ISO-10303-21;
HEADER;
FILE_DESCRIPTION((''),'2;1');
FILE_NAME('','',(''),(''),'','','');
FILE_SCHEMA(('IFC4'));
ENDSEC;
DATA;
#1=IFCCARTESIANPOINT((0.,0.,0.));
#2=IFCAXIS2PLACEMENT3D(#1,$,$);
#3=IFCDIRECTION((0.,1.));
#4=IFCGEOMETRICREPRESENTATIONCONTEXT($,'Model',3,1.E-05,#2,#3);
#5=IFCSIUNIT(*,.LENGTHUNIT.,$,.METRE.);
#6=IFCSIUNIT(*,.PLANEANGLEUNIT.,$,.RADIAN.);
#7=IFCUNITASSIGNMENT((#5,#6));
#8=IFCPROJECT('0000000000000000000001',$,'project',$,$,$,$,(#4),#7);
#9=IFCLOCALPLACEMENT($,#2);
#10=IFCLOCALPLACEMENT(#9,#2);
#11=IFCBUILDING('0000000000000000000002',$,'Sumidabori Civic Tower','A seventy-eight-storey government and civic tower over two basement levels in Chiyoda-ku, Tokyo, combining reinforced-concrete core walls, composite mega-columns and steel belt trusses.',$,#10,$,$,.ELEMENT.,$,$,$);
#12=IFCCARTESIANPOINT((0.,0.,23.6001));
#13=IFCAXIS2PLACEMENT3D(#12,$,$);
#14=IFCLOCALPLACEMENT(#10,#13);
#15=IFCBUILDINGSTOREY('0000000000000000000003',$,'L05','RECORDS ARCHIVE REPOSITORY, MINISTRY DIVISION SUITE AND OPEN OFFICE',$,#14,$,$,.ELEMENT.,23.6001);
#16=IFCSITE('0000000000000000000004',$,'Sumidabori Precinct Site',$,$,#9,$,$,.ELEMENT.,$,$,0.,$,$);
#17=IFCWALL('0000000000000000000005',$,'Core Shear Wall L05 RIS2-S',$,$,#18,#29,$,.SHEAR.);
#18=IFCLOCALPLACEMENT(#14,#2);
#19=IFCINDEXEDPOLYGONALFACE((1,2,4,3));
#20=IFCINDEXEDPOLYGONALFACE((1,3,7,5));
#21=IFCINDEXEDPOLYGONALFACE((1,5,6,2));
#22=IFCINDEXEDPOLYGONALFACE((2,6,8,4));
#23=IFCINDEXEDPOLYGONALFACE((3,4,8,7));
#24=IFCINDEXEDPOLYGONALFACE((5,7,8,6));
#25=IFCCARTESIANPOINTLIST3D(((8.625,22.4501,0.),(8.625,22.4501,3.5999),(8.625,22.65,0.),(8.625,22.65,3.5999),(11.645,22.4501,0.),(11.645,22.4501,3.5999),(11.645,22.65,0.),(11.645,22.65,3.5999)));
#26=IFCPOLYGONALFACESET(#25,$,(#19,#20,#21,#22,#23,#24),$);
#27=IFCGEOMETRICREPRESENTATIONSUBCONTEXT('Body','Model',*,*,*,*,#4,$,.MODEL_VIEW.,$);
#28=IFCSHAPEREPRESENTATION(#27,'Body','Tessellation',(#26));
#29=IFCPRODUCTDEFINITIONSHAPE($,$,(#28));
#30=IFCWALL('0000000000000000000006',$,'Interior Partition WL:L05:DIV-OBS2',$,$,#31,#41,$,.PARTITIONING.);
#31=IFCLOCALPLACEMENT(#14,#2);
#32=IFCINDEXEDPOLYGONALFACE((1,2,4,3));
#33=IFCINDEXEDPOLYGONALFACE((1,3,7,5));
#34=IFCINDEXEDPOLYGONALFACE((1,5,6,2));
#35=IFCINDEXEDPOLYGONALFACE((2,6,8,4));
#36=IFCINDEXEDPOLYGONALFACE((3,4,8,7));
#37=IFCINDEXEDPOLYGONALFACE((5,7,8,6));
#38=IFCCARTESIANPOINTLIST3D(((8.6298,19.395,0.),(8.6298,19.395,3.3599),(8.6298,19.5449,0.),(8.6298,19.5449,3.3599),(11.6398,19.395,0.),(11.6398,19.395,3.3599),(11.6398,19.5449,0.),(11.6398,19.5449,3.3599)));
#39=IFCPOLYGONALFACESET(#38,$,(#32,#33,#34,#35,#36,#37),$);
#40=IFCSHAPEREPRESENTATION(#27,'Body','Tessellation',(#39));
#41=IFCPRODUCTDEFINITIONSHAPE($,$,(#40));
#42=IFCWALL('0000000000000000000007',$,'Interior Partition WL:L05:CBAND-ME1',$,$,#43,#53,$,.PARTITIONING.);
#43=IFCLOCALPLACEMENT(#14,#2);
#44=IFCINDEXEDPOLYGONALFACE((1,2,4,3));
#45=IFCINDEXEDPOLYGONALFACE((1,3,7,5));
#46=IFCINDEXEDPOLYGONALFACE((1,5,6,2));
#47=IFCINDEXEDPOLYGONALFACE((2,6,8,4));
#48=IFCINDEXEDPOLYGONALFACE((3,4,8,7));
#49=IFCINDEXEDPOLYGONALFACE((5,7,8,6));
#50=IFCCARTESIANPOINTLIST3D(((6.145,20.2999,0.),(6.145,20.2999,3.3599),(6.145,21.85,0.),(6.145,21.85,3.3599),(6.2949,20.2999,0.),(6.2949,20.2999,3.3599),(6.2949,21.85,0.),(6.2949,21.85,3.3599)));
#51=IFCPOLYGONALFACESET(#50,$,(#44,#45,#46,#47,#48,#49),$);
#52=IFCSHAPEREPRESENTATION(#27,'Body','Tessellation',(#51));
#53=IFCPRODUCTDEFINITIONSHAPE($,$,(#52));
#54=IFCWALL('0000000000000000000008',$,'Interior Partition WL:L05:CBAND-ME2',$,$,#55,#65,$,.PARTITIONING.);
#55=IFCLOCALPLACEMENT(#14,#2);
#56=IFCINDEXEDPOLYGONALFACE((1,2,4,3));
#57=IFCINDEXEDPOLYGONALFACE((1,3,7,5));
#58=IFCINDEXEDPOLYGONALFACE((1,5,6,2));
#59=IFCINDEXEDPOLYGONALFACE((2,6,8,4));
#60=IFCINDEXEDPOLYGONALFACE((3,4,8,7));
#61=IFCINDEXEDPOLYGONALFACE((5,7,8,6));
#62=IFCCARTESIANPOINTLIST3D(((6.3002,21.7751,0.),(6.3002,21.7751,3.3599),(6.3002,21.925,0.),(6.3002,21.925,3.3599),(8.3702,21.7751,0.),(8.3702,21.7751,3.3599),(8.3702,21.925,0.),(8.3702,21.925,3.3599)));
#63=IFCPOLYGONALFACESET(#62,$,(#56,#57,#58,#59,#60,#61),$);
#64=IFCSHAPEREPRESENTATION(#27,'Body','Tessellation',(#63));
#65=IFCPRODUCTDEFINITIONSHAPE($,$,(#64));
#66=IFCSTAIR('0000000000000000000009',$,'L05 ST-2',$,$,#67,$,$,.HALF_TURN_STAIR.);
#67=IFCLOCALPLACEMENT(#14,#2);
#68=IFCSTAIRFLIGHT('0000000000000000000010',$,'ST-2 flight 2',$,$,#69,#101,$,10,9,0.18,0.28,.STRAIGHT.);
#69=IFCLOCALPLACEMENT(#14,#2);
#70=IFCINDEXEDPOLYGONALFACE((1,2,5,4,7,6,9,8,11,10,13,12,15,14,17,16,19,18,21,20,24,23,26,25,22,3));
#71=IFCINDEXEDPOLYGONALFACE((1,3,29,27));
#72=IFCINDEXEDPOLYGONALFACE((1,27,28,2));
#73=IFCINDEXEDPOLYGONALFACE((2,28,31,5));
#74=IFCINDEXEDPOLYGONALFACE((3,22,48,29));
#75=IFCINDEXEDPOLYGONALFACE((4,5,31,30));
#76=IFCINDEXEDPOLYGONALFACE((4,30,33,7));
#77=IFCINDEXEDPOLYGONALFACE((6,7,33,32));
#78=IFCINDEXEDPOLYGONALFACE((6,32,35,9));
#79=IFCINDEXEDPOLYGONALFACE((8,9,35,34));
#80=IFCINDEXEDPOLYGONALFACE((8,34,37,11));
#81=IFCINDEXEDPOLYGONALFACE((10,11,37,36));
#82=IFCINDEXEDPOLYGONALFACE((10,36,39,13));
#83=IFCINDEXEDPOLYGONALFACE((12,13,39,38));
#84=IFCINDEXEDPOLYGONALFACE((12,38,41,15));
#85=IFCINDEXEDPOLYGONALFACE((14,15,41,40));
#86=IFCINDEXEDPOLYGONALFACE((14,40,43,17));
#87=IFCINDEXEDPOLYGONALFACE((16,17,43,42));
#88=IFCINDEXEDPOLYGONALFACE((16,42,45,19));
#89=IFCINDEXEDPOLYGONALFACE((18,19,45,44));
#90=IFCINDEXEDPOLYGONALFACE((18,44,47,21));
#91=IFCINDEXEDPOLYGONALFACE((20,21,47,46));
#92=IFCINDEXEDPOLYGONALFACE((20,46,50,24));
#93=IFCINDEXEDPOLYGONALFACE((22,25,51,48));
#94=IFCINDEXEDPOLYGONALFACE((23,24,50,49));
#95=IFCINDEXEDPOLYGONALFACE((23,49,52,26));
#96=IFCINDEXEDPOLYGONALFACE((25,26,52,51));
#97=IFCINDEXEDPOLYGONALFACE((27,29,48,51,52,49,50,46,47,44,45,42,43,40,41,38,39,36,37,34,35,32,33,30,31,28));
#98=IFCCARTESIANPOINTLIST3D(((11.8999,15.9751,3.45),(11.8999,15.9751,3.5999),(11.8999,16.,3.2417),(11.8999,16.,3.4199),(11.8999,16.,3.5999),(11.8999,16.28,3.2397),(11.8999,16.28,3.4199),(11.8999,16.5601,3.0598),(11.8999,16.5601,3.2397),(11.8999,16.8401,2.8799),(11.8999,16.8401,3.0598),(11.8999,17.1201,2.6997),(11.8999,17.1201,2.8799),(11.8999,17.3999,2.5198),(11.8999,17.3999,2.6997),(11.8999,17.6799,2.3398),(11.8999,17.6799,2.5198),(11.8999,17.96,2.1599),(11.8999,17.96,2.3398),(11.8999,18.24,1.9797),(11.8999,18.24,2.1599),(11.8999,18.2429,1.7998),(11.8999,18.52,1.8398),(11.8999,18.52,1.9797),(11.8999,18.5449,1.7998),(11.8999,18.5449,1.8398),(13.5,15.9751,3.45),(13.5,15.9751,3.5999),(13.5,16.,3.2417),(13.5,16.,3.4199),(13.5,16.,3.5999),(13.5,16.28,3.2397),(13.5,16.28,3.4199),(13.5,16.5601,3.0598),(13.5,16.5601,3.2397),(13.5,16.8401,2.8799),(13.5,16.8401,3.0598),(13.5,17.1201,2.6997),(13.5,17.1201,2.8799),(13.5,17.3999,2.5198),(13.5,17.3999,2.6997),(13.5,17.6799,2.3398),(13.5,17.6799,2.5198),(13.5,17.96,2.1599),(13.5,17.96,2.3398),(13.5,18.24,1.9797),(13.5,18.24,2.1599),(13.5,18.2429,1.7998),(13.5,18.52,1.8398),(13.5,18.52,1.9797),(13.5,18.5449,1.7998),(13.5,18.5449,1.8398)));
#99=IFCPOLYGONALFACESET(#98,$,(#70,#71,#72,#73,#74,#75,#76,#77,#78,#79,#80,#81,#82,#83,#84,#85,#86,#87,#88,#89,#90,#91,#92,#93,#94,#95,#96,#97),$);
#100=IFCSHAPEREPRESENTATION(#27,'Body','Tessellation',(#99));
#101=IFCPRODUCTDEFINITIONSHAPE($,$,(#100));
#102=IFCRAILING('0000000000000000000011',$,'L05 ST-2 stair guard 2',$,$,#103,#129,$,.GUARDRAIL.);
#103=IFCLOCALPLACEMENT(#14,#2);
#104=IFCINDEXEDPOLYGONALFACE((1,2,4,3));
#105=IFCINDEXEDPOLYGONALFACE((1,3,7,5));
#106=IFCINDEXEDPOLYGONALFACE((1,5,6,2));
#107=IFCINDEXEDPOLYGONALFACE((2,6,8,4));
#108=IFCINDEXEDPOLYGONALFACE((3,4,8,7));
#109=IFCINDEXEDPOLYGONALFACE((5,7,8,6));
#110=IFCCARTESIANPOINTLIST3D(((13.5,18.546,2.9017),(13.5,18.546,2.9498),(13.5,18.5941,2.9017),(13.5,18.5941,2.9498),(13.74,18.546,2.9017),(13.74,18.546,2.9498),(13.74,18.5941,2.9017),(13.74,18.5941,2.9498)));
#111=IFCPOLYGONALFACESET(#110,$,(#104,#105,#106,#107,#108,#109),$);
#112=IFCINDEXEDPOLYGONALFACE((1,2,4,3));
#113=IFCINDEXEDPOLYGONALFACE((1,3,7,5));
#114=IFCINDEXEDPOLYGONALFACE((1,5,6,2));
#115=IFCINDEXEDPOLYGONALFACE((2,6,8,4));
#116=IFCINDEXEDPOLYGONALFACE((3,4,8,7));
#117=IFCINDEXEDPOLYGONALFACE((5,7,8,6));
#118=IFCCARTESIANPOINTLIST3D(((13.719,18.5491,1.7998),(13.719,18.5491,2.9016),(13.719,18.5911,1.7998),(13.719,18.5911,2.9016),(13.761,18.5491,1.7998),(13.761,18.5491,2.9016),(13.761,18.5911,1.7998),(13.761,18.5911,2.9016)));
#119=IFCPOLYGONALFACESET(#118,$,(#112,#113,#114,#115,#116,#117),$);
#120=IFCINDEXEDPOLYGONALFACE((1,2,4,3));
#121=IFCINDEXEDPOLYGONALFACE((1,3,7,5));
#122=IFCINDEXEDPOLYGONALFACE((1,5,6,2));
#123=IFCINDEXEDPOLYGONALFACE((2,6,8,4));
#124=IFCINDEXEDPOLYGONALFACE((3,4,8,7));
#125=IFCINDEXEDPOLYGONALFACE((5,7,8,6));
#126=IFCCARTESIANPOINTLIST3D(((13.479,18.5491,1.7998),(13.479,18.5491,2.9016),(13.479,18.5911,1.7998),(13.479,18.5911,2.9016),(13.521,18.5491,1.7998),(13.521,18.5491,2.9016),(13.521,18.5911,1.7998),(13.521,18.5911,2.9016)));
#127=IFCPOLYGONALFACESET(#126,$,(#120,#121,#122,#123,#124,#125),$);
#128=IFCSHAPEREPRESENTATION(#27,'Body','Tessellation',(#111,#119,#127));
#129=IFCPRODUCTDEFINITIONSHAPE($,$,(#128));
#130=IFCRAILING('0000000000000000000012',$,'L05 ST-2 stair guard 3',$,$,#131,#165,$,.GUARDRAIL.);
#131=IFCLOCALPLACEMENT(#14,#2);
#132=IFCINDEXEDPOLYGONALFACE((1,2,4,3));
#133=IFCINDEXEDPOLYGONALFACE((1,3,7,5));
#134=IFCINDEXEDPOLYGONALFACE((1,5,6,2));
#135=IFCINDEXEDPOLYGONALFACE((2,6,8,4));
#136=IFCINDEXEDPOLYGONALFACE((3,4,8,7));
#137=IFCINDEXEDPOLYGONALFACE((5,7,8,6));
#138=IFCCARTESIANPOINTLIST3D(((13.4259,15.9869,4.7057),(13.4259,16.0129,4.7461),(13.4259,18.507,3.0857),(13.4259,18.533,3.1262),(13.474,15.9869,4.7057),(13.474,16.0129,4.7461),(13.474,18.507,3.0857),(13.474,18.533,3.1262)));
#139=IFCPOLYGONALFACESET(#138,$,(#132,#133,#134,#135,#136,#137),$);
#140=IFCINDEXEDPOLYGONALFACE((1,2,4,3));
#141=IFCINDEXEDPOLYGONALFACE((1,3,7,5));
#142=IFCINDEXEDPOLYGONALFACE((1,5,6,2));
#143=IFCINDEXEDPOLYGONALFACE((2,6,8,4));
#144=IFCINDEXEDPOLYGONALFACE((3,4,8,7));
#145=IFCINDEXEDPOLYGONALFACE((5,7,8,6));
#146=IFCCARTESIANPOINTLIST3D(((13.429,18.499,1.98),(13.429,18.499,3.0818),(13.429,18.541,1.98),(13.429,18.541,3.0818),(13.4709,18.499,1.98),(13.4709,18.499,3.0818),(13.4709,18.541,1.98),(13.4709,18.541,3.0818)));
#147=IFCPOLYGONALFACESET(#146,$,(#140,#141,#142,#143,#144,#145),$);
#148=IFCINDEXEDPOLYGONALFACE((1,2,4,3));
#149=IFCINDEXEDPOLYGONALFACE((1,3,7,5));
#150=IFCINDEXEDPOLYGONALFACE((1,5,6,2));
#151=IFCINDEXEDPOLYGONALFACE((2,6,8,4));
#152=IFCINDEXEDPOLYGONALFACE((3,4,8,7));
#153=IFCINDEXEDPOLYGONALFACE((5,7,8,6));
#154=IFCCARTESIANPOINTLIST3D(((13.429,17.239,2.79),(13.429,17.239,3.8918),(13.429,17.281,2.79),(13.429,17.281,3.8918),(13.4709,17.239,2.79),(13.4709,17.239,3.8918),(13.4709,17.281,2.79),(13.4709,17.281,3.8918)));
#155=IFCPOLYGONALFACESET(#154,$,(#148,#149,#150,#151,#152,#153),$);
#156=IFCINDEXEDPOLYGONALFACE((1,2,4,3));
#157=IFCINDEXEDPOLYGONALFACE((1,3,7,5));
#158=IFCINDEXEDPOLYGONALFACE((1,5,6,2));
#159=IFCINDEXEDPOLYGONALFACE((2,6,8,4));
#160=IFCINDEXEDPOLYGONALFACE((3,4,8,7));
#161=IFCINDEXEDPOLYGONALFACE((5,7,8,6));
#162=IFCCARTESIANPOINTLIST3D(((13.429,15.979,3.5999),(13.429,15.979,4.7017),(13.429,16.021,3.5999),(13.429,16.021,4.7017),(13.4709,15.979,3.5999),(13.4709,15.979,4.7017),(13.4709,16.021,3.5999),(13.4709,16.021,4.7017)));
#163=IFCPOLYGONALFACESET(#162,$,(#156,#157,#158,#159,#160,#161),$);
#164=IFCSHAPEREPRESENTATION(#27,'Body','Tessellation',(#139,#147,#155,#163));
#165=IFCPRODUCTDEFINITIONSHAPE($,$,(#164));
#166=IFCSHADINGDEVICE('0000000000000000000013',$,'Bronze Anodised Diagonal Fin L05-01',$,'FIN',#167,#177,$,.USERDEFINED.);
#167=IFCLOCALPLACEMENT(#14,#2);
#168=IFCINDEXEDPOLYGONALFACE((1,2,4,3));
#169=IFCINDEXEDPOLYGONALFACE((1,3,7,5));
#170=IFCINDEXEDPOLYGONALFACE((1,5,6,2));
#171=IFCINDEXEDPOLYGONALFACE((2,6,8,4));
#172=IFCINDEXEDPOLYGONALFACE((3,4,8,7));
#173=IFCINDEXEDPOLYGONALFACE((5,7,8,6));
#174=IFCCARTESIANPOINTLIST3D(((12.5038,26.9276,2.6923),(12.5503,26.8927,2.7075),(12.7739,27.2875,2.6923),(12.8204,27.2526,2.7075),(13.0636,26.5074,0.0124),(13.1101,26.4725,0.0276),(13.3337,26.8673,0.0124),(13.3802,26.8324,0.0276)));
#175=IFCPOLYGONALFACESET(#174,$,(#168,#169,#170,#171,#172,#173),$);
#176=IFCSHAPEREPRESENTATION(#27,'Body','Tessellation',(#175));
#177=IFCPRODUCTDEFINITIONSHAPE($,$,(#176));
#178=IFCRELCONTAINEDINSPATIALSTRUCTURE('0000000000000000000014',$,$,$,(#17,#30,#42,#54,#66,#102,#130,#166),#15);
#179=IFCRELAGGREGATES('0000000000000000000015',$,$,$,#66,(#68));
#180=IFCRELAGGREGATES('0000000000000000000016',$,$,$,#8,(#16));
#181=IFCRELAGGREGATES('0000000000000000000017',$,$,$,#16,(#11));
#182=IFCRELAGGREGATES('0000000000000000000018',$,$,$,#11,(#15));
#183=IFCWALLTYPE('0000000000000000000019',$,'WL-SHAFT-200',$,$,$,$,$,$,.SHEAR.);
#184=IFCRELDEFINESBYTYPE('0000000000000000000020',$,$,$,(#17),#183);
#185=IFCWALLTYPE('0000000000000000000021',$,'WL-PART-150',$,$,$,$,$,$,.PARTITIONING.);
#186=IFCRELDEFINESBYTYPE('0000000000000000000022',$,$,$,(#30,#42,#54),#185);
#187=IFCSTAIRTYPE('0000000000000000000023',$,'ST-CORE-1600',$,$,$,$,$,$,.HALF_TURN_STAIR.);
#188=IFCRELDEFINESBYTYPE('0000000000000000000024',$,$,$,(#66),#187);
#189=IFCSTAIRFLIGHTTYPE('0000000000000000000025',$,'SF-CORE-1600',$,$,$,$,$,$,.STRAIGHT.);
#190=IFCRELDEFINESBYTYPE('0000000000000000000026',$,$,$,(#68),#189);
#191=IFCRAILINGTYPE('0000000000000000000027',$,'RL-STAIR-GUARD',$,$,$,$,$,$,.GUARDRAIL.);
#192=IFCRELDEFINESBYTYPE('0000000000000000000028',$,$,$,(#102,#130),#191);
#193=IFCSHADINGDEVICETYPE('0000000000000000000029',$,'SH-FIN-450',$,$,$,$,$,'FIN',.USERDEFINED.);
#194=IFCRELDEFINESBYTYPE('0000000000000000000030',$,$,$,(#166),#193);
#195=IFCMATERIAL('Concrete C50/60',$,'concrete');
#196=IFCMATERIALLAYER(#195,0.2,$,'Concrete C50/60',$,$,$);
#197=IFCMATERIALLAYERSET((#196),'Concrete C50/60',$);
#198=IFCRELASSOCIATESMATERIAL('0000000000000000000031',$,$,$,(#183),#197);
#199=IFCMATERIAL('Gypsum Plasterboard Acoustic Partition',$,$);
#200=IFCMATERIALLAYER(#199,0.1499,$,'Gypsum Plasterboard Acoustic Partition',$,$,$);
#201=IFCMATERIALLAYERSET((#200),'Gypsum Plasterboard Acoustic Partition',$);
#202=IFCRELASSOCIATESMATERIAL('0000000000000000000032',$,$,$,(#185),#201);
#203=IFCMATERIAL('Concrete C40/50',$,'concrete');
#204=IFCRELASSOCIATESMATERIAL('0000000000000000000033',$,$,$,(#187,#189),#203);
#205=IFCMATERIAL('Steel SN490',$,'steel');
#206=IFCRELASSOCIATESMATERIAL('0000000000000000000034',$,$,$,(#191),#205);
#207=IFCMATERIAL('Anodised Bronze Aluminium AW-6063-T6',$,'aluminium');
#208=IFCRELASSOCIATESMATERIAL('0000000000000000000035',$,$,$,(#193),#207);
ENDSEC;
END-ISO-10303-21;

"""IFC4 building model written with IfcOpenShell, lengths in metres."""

from ifc_helpers import new_model, si_unit, direction, frame, frame_2d, origin, origin_2d, place, context, subcontext, project, spatial, polyline, rectangle, outline, extrude, source, transform, mapped, material, layer, layer_set, material_profile, profile_set, type_object, element, aggregate, save


model = new_model("IFC4")

# Units and contexts
model_context = context("Model", 3, precision=1e-05, world=origin(), true_north=direction((0.0, 1.0)))
body_context = subcontext(model_context, "Body", "Model", "MODEL_VIEW")
ifc_project = project(units=[si_unit("LENGTHUNIT", "METRE"), si_unit("PLANEANGLEUNIT", "RADIAN")], contexts=[model_context])

# Site, building, storey
site_placement = place(None, origin())
site = spatial("IfcSite", under=ifc_project, at=site_placement, Name="Sumidabori Precinct Site", CompositionType="ELEMENT", RefElevation=0.0)
building_placement = place(site_placement, origin())
building = spatial("IfcBuilding", under=site, at=building_placement, Name="Sumidabori Civic Tower", Description="A seventy-eight-storey government and civic tower over two basement levels in Chiyoda-ku, Tokyo, combining reinforced-concrete core walls, composite mega-columns and steel belt trusses.", CompositionType="ELEMENT")
storey_placement = place(building_placement, frame((0.0, 0.0, 23.6001)))
storey = spatial("IfcBuildingStorey", under=building, at=storey_placement, Name="L05", Description="RECORDS ARCHIVE REPOSITORY, MINISTRY DIVISION SUITE AND OPEN OFFICE", CompositionType="ELEMENT", Elevation=23.6001)

# Shared definitions
ifc_material_1 = material(Name="Steel SN490", Category="steel")

# Shared definitions
ifc_material_2 = material(Name="Anodised Bronze Aluminium AW-6063-T6", Category="aluminium")

# Walls
ifc_material_3 = material(Name="Concrete C50/60", Category="concrete")
ifc_layer_1 = layer(ifc_material_3, 0.2, Name="Concrete C50/60")
ifc_layer_set_1 = layer_set([ifc_layer_1], Name="Concrete C50/60")
wall_type_1 = type_object("IfcWallType", Name="WL-SHAFT-200", PredefinedType="SHEAR", material=ifc_layer_set_1)
shared_shape_1 = source(origin(), body_context, "Body", "SweptSolid", [
    extrude(rectangle(XDim=3.02, YDim=0.2, at=frame_2d((1.51, 0.0))), origin(), (0.0, 0.0, 1.0), 3.5999),
])
wall_1_placement = place(storey_placement, frame((8.625, 22.55, 0.0), z_axis=(0.0, 0.0, 1.0), x_axis=(1.0, 0.0, 0.0)))
element("IfcWall", 1, at=wall_1_placement, inside=storey, type_object=wall_type_1, Name="Core Shear Wall L05 RIS2-S", PredefinedType="SHEAR", context=body_context, shape_type="MappedRepresentation", body=[
    mapped(shared_shape_1, transform((0.0, 0.0, 0.0), x_axis=(1.0, 0.0, 0.0), y_axis=(0.0, 1.0, 0.0), z_axis=(0.0, 0.0, 1.0), scale=1.0)),
])
ifc_material_4 = material(Name="Gypsum Plasterboard Acoustic Partition")
ifc_layer_2 = layer(ifc_material_4, 0.1499, Name="Gypsum Plasterboard Acoustic Partition")
ifc_layer_set_2 = layer_set([ifc_layer_2], Name="Gypsum Plasterboard Acoustic Partition")
wall_type_2 = type_object("IfcWallType", Name="WL-PART-150", PredefinedType="PARTITIONING", material=ifc_layer_set_2)
shared_shape_2 = source(origin(), body_context, "Body", "SweptSolid", [
    extrude(rectangle(XDim=3.01, YDim=0.1499, at=frame_2d((1.5049, 0.0))), origin(), (0.0, 0.0, 1.0), 3.3599),
])
wall_2_placement = place(storey_placement, frame((8.6299, 19.47, 0.0), z_axis=(0.0, 0.0, 1.0), x_axis=(1.0, 0.0, 0.0)))
element("IfcWall", 2, at=wall_2_placement, inside=storey, type_object=wall_type_2, Name="Interior Partition WL:L05:DIV-OBS2", PredefinedType="PARTITIONING", context=body_context, shape_type="MappedRepresentation", body=[
    mapped(shared_shape_2, transform((0.0, 0.0, 0.0), x_axis=(1.0, 0.0, 0.0), y_axis=(0.0, 1.0, 0.0), z_axis=(0.0, 0.0, 1.0), scale=1.0)),
])
shared_shape_3 = source(origin(), body_context, "Body", "SweptSolid", [
    extrude(rectangle(XDim=1.55, YDim=0.1499, at=frame_2d((0.7749, 0.0))), origin(), (0.0, 0.0, 1.0), 3.3599),
])
wall_3_placement = place(storey_placement, frame((6.22, 20.3, 0.0), z_axis=(0.0, 0.0, 1.0), x_axis=(0.0, 1.0, 0.0)))
element("IfcWall", 3, at=wall_3_placement, inside=storey, type_object=wall_type_2, Name="Interior Partition WL:L05:CBAND-ME1", PredefinedType="PARTITIONING", context=body_context, shape_type="MappedRepresentation", body=[
    mapped(shared_shape_3, transform((0.0, 0.0, 0.0), x_axis=(1.0, 0.0, 0.0), y_axis=(0.0, 1.0, 0.0), z_axis=(0.0, 0.0, 1.0), scale=1.0)),
])
shared_shape_4 = source(origin(), body_context, "Body", "SweptSolid", [
    extrude(rectangle(XDim=2.0701, YDim=0.1499, at=frame_2d((1.0352, 0.0))), origin(), (0.0, 0.0, 1.0), 3.3599),
])
wall_4_placement = place(storey_placement, frame((6.3, 21.8501, 0.0), z_axis=(0.0, 0.0, 1.0), x_axis=(1.0, 0.0, 0.0)))
element("IfcWall", 4, at=wall_4_placement, inside=storey, type_object=wall_type_2, Name="Interior Partition WL:L05:CBAND-ME2", PredefinedType="PARTITIONING", context=body_context, shape_type="MappedRepresentation", body=[
    mapped(shared_shape_4, transform((0.0, 0.0, 0.0), x_axis=(1.0, 0.0, 0.0), y_axis=(0.0, 1.0, 0.0), z_axis=(0.0, 0.0, 1.0), scale=1.0)),
])

# Stair, stair flight
ifc_material_5 = material(Name="Concrete C40/50", Category="concrete")
stair_type = type_object("IfcStairType", Name="ST-CORE-1600", PredefinedType="HALF_TURN_STAIR", material=ifc_material_5)
stair_placement = place(storey_placement, origin())
stair = element("IfcStair", 5, at=stair_placement, inside=storey, type_object=stair_type, Name="L05 ST-2", PredefinedType="HALF_TURN_STAIR")
stair_flight_type = type_object("IfcStairFlightType", Name="SF-CORE-1600", PredefinedType="STRAIGHT", material=ifc_material_5)
shared_shape_5 = source(origin(), body_context, "Body", "SweptSolid", [
    extrude(outline(polyline([(-0.0249, 0.0), (-0.0249, 0.04), (0.0, 0.04), (0.0, 0.1799), (0.28, 0.1799), (0.28, 0.3601), (0.5601, 0.3601), (0.5601, 0.54), (0.8401, 0.54), (0.8401, 0.72), (1.1201, 0.72), (1.1201, 0.8999), (1.3999, 0.8999), (1.3999, 1.0801), (1.6799, 1.0801), (1.6799, 1.26), (1.96, 1.26), (1.96, 1.4399), (2.24, 1.4399), (2.24, 1.6201), (2.52, 1.6201), (2.52, 1.8), (2.5449, 1.8), (2.5449, 1.6501), (2.52, 1.4419), (0.2771, 0.0), (-0.0249, 0.0)])), frame((0.0, 0.8, 0.0), z_axis=(0.0, -1.0, 0.0), x_axis=(1.0, 0.0, 0.0)), (0.0, 0.0, 1.0), 1.6001),
])
stair_flight_placement = place(storey_placement, frame((12.7, 18.52, 1.7998), z_axis=(0.0, 0.0, 1.0), x_axis=(0.0, -1.0, 0.0)))
stair_flight = element("IfcStairFlight", 6, at=stair_flight_placement, type_object=stair_flight_type, Name="ST-2 flight 2", NumberOfRisers=10, NumberOfTreads=9, PredefinedType="STRAIGHT", RiserHeight=0.18, TreadLength=0.28, context=body_context, shape_type="MappedRepresentation", body=[
    mapped(shared_shape_5, transform((0.0, 0.0, 0.0), x_axis=(1.0, 0.0, 0.0), y_axis=(0.0, 1.0, 0.0), z_axis=(0.0, 0.0, 1.0), scale=1.0)),
])
aggregate(stair, [stair_flight])

# Railings
railing_type = type_object("IfcRailingType", Name="RL-STAIR-GUARD", PredefinedType="GUARDRAIL", material=ifc_material_1)
railing_1_placement = place(storey_placement, frame((13.74, 18.5701, 1.7998)))
element("IfcRailing", 7, at=railing_1_placement, inside=storey, type_object=railing_type, Name="L05 ST-2 stair guard 2", PredefinedType="GUARDRAIL", context=body_context, shape_type="SweptSolid", body=[
    extrude(rectangle(XDim=0.0481, YDim=0.0481, at=origin_2d()), frame((0.0, 0.0, 1.126), z_axis=(-1.0, 0.0, 0.0), x_axis=(0.0, -1.0, 0.0)), (0.0, 0.0, 1.0), 0.24),
    extrude(rectangle(XDim=0.042, YDim=0.042, at=origin_2d()), origin(), (0.0, 0.0, 1.0), 1.1018),
    extrude(rectangle(XDim=0.042, YDim=0.042, at=origin_2d()), frame((-0.24, 0.0, 0.0)), (0.0, 0.0, 1.0), 1.1018),
])
railing_2_placement = place(storey_placement, frame((13.45, 18.52, 1.98)))
element("IfcRailing", 8, at=railing_2_placement, inside=storey, type_object=railing_type, Name="L05 ST-2 stair guard 3", PredefinedType="GUARDRAIL", context=body_context, shape_type="SweptSolid", body=[
    extrude(rectangle(XDim=0.0481, YDim=0.0481, at=origin_2d()), frame((0.0, 0.0, 1.126), z_axis=(0.0, -0.8412, 0.540725), x_axis=(1.0, 0.0, 0.0)), (0.0, 0.0, 1.0), 2.9958),
    extrude(rectangle(XDim=0.042, YDim=0.042, at=origin_2d()), origin(), (0.0, 0.0, 1.0), 1.1018),
    extrude(rectangle(XDim=0.042, YDim=0.042, at=origin_2d()), frame((0.0, -1.26, 0.8101)), (0.0, 0.0, 1.0), 1.1018),
    extrude(rectangle(XDim=0.042, YDim=0.042, at=origin_2d()), frame((0.0, -2.52, 1.6199)), (0.0, 0.0, 1.0), 1.1018),
])

# Shading device
ifc_material_profile_1 = material_profile(ifc_material_2, rectangle(XDim=0.0601, YDim=0.45, at=origin_2d()), Name="BRONZE FIN 450x60")
ifc_profile_set_1 = profile_set([ifc_material_profile_1], Name="Anodised Bronze Aluminium AW-6063-T6")
shading_device_type = type_object("IfcShadingDeviceType", Name="SH-FIN-450", ElementType="FIN", PredefinedType="USERDEFINED", material=ifc_profile_set_1)
shared_shape_6 = source(origin(), body_context, "Body", "SweptSolid", [
    extrude(rectangle(XDim=0.0601, YDim=0.45, at=origin_2d()), origin(), (0.0, 0.0, 1.0), 2.7698),
])
shading_device_placement = place(storey_placement, frame((13.2219, 26.6699, 0.02), z_axis=(-0.202111, 0.151694, 0.967543), x_axis=(0.773832, -0.580796, 0.252705)))
element("IfcShadingDevice", 9, at=shading_device_placement, inside=storey, type_object=shading_device_type, Name="Bronze Anodised Diagonal Fin L05-01", ObjectType="FIN", PredefinedType="USERDEFINED", context=body_context, shape_type="MappedRepresentation", body=[
    mapped(shared_shape_6, transform((0.0, 0.0, 0.0), x_axis=(1.0, 0.0, 0.0), y_axis=(0.0, 1.0, 0.0), z_axis=(0.0, 0.0, 1.0), scale=1.0)),
])

save(model, "model.ifc")
